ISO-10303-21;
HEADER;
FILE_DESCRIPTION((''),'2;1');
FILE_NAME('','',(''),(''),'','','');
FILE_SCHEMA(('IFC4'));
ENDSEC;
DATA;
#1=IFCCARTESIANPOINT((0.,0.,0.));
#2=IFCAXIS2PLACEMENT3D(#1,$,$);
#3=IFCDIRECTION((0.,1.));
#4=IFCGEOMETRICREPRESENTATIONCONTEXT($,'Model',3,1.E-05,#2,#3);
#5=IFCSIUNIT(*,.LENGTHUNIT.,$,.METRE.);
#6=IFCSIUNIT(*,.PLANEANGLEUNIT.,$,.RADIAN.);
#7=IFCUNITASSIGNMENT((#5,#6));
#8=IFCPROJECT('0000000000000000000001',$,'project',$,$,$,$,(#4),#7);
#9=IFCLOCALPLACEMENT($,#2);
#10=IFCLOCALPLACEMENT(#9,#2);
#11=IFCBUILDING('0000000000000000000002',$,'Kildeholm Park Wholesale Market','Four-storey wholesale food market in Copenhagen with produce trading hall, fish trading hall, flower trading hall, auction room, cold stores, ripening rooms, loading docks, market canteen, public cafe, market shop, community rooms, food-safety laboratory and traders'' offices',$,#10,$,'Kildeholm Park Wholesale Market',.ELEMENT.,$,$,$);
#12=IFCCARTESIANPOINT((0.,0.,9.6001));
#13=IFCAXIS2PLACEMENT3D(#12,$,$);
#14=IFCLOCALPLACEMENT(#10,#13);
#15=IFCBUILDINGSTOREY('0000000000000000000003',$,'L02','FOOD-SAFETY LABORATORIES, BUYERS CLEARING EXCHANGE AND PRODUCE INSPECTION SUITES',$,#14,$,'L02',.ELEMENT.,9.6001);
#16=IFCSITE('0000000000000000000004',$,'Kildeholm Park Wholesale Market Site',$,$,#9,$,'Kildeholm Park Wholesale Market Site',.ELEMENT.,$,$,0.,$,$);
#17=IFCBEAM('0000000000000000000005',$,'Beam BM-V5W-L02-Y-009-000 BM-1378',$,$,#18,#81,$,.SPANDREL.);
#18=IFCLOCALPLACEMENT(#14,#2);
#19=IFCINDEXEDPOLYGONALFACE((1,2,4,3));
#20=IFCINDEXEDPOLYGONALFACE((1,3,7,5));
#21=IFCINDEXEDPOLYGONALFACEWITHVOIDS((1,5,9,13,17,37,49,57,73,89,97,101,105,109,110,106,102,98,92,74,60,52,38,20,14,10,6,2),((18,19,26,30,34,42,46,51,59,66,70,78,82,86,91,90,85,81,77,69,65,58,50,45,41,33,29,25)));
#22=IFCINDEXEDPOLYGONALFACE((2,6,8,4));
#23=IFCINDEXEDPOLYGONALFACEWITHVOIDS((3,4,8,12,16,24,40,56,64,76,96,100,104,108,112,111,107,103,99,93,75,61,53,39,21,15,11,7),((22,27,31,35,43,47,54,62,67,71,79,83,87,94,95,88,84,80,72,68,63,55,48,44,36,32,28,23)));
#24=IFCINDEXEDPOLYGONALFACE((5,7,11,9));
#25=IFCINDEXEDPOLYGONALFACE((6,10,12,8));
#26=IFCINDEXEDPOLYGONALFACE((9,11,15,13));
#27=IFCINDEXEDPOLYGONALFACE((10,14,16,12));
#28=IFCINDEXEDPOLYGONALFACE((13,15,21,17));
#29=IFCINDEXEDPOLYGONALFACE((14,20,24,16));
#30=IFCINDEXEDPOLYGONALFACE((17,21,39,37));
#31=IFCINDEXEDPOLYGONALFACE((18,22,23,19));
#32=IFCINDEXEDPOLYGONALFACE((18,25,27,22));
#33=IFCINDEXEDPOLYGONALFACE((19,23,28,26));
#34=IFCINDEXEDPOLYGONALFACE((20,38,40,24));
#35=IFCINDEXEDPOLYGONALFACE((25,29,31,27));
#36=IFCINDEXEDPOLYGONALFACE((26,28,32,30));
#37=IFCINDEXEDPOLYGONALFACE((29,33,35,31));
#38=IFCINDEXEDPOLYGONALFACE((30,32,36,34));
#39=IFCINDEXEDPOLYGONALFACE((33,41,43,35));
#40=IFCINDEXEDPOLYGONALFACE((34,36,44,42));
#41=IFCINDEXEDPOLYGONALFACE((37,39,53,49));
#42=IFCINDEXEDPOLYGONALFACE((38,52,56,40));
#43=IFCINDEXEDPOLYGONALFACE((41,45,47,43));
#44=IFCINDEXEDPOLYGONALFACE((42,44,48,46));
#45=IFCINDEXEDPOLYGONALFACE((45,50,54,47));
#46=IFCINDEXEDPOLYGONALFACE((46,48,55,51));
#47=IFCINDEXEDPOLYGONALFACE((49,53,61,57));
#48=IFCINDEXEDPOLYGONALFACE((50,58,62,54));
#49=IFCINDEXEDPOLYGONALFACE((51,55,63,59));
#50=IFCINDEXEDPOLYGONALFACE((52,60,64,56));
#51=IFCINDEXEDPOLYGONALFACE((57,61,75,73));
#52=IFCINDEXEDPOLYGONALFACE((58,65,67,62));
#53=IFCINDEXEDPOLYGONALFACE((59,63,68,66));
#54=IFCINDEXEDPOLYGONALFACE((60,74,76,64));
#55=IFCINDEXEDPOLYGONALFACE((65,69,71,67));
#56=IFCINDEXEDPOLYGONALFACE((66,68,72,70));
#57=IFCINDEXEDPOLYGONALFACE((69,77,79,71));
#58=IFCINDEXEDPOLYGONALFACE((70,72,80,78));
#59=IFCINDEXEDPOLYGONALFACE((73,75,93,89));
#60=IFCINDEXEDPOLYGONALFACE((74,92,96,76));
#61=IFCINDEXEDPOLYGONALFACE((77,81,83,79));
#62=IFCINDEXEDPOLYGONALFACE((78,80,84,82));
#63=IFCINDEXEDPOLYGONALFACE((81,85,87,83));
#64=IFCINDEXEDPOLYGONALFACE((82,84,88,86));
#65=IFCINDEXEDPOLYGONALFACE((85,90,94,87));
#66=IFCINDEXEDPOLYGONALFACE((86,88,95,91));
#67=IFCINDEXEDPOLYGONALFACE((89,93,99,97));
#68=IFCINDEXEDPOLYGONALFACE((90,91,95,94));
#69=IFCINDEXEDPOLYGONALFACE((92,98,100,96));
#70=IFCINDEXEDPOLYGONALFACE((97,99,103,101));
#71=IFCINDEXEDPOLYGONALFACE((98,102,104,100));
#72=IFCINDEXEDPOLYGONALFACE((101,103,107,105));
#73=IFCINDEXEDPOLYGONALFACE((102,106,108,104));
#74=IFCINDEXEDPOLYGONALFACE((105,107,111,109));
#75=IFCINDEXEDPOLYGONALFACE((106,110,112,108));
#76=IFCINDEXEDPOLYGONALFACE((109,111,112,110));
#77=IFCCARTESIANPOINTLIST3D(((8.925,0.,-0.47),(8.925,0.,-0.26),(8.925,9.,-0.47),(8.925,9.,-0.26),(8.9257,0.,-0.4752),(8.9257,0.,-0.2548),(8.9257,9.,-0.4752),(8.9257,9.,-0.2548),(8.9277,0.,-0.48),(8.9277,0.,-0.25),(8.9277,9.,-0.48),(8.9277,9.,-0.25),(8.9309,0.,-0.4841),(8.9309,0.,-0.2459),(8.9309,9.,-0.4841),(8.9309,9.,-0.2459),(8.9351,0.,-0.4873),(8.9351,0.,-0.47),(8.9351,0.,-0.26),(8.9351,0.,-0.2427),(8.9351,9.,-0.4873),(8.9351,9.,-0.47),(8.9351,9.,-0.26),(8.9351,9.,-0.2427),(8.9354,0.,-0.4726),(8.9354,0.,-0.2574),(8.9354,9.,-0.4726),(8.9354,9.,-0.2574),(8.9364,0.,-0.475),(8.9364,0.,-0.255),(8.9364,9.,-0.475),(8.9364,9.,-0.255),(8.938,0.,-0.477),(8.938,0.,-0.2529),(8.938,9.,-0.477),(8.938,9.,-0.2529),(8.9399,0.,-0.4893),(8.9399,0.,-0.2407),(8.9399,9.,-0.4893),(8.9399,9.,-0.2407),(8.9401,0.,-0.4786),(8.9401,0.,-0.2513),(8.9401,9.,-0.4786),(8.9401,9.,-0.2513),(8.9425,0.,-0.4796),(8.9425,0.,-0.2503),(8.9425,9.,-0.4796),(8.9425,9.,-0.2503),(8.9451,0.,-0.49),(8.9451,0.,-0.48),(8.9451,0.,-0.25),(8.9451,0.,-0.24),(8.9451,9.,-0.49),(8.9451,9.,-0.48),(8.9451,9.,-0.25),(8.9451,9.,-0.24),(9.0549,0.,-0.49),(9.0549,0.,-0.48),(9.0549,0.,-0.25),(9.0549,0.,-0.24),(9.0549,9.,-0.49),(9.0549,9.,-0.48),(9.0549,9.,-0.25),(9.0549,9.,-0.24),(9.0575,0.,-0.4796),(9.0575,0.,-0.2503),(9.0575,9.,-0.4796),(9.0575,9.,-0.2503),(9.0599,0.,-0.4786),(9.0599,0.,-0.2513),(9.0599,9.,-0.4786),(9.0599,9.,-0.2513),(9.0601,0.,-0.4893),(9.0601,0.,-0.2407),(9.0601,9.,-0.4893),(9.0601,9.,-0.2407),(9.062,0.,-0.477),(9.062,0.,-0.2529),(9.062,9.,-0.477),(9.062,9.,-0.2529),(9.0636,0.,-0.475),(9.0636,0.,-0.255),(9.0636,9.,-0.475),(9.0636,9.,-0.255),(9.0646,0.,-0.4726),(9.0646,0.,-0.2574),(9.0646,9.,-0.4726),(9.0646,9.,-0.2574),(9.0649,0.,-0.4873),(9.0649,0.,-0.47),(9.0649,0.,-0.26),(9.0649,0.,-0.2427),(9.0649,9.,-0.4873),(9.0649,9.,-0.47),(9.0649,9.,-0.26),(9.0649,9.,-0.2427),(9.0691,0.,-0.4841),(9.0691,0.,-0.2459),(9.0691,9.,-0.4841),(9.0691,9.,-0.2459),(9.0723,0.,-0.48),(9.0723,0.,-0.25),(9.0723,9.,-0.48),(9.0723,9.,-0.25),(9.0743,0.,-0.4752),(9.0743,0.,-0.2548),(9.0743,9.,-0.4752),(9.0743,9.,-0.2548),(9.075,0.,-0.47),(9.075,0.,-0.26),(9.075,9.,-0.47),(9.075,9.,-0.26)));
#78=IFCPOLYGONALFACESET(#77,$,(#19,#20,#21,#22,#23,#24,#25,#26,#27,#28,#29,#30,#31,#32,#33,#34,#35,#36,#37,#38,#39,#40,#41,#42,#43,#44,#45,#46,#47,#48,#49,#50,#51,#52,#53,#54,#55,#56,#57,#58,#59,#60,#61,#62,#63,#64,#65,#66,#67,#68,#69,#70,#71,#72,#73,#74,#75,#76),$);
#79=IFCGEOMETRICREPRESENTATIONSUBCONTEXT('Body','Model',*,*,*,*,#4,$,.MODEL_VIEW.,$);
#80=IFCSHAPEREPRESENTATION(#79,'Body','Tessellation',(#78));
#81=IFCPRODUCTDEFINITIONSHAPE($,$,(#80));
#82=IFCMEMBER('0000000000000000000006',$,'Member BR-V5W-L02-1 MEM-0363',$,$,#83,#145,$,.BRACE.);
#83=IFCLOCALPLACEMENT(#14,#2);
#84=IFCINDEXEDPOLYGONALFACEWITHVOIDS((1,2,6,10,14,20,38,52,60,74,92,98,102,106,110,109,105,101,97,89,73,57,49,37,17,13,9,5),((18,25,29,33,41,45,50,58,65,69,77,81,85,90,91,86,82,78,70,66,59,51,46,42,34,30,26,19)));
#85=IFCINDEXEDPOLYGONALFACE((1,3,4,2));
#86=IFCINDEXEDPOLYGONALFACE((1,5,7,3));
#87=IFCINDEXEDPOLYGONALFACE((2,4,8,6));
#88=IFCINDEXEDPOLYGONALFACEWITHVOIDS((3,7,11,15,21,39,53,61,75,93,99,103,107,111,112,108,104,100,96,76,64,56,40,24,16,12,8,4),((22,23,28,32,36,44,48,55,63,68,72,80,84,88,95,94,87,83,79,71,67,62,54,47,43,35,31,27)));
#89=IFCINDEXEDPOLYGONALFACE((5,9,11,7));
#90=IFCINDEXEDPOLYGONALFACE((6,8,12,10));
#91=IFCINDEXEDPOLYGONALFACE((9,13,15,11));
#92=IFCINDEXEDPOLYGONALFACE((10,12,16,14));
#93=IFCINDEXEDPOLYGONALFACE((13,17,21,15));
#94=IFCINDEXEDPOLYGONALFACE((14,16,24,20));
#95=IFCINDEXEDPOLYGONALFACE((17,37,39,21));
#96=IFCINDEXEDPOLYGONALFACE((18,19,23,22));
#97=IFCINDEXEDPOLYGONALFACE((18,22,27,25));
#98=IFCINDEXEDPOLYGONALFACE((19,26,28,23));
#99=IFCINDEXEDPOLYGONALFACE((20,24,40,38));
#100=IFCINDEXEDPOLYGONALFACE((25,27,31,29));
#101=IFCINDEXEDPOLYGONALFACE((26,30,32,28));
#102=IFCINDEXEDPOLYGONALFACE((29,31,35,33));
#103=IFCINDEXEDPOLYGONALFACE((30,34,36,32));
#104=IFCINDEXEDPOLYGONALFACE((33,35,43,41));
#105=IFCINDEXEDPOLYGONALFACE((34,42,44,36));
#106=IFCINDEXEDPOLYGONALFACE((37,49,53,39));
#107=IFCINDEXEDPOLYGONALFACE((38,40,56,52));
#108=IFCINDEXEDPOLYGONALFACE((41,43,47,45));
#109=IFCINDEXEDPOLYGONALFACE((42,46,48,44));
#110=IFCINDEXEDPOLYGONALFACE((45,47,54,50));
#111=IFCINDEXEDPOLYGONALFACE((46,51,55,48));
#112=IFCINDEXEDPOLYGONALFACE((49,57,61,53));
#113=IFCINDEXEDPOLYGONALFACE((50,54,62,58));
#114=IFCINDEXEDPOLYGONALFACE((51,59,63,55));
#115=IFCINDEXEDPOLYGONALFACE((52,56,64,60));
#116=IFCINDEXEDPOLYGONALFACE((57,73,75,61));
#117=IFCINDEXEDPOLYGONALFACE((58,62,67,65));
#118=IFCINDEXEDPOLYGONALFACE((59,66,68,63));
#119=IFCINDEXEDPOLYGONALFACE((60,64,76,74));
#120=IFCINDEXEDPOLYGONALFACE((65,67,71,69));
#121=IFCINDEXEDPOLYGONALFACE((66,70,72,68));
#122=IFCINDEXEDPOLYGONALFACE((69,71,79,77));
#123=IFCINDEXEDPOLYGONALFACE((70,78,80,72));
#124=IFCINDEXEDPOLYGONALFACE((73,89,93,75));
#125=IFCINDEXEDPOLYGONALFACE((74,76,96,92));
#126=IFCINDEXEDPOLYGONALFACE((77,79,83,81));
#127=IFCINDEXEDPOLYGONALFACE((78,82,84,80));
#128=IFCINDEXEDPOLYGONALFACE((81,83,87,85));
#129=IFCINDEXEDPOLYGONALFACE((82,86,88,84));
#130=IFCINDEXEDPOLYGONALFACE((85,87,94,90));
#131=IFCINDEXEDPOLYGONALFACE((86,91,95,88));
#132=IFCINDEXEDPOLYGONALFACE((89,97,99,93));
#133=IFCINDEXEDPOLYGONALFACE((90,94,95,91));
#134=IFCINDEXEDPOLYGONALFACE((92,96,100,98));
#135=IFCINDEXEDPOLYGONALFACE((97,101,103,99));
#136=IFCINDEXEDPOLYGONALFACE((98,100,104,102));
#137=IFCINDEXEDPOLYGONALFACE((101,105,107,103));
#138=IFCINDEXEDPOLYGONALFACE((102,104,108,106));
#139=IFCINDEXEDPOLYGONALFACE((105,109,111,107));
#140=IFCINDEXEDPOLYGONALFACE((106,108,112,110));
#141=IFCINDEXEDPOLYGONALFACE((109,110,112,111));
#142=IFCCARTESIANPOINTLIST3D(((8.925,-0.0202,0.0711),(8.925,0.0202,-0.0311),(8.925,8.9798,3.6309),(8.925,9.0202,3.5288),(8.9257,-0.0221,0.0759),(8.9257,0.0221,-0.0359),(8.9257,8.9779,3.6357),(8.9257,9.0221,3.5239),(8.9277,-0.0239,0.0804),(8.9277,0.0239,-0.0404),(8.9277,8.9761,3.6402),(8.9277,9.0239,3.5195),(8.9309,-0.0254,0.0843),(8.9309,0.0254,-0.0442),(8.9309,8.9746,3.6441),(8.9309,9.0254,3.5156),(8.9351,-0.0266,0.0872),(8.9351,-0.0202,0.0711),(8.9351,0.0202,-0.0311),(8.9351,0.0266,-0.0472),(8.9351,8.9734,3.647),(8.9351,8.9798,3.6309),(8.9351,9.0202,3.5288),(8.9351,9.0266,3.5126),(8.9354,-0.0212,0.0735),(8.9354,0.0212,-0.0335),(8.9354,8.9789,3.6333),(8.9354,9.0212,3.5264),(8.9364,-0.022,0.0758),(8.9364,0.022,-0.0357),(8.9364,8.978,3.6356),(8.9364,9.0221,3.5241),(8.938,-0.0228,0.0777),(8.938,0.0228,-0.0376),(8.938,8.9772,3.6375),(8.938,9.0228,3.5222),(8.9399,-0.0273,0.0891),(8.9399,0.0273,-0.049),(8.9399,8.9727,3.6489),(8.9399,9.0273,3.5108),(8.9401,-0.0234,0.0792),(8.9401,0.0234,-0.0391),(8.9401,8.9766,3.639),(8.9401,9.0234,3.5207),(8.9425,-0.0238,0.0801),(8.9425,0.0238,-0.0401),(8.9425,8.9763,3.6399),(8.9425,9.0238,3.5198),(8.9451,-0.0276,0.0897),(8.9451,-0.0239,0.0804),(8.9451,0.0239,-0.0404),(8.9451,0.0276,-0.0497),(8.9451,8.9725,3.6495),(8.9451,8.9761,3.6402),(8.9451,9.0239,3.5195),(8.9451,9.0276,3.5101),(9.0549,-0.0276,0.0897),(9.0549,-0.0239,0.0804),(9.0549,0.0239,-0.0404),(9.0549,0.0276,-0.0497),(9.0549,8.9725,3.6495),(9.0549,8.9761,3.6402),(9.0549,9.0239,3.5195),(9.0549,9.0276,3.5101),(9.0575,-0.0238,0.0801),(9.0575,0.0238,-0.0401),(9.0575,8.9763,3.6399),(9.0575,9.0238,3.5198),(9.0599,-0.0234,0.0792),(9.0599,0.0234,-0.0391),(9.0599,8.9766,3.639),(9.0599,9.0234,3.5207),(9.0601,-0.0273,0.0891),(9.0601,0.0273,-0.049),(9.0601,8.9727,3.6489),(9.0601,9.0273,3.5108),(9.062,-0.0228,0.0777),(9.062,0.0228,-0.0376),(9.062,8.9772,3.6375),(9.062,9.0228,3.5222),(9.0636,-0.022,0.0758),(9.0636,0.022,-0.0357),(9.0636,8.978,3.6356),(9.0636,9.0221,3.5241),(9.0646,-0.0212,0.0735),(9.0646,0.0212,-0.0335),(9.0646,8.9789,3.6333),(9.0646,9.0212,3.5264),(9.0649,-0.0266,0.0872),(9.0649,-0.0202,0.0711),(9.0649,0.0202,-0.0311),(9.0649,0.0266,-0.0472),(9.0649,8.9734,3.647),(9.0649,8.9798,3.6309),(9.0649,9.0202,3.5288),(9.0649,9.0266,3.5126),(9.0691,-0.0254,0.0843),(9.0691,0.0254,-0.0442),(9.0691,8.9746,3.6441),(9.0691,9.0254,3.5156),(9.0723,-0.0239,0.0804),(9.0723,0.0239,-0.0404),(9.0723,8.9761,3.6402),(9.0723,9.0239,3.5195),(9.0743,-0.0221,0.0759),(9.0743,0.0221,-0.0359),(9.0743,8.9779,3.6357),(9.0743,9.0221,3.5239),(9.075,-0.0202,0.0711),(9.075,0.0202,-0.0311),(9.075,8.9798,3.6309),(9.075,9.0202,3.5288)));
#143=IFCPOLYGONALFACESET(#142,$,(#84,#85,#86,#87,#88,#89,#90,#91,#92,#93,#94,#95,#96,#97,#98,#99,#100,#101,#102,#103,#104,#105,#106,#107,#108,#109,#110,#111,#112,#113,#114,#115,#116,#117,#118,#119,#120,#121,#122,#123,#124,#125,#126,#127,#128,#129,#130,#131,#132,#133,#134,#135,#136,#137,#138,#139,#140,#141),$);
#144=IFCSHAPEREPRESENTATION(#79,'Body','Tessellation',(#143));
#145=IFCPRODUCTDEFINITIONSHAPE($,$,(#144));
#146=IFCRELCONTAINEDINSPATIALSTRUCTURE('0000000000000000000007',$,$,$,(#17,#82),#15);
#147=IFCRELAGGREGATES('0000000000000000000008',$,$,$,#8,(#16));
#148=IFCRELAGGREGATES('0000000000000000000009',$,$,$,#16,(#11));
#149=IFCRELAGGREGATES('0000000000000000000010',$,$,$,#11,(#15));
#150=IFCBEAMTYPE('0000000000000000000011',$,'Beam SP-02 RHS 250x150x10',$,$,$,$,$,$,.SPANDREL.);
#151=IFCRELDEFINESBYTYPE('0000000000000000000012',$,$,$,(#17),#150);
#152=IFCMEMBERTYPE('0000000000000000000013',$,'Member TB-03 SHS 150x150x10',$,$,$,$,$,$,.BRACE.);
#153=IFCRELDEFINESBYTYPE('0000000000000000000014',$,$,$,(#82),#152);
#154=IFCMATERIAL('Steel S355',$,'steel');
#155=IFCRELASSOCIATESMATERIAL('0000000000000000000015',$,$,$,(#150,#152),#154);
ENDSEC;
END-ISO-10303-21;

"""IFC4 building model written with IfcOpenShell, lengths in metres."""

from ifc_helpers import new_model, si_unit, direction, frame, origin, origin_2d, place, context, subcontext, project, spatial, hollow_rectangle, extrude, material, material_profile, profile_set, type_object, element, save


model = new_model("IFC4")

# Units and contexts
model_context = context("Model", 3, precision=1e-05, world=origin(), true_north=direction((0.0, 1.0)))
body_context = subcontext(model_context, "Body", "Model", "MODEL_VIEW")
ifc_project = project(units=[si_unit("LENGTHUNIT", "METRE"), si_unit("PLANEANGLEUNIT", "RADIAN")], contexts=[model_context])

# Site, building, storey
site_placement = place(None, origin())
site = spatial("IfcSite", under=ifc_project, at=site_placement, Name="Kildeholm Park Wholesale Market Site", LongName="Kildeholm Park Wholesale Market Site", CompositionType="ELEMENT", RefElevation=0.0)
building_placement = place(site_placement, origin())
building = spatial("IfcBuilding", under=site, at=building_placement, Name="Kildeholm Park Wholesale Market", Description="Four-storey wholesale food market in Copenhagen with produce trading hall, fish trading hall, flower trading hall, auction room, cold stores, ripening rooms, loading docks, market canteen, public cafe, market shop, community rooms, food-safety laboratory and traders' offices", LongName="Kildeholm Park Wholesale Market", CompositionType="ELEMENT")
storey_placement = place(building_placement, frame((0.0, 0.0, 9.6001)))
storey = spatial("IfcBuildingStorey", under=building, at=storey_placement, Name="L02", Description="FOOD-SAFETY LABORATORIES, BUYERS CLEARING EXCHANGE AND PRODUCE INSPECTION SUITES", LongName="L02", CompositionType="ELEMENT", Elevation=9.6001)

# Shared definitions
ifc_material_1 = material(Name="Steel S355", Category="steel")

# Beam
ifc_material_profile_1 = material_profile(ifc_material_1, hollow_rectangle(XDim=0.1499, YDim=0.25, WallThickness=0.01, InnerFilletRadius=0.01, OuterFilletRadius=0.02, at=origin_2d()), Name="RHS 250x150x10")
ifc_profile_set_1 = profile_set([ifc_material_profile_1], Name="Steel S355")
beam_type_1 = type_object("IfcBeamType", Name="Beam SP-02 RHS 250x150x10", PredefinedType="SPANDREL", material=ifc_profile_set_1)
beam_1_placement = place(storey_placement, frame((9.0, 0.0, -0.365), z_axis=(0.0, 1.0, 0.0), x_axis=(-1.0, 0.0, 0.0)))
element("IfcBeam", 1, at=beam_1_placement, inside=storey, type_object=beam_type_1, Name="Beam BM-V5W-L02-Y-009-000 BM-1378", PredefinedType="SPANDREL", context=body_context, shape_type="SweptSolid", body=[
    extrude(hollow_rectangle(XDim=0.1499, YDim=0.25, WallThickness=0.01, InnerFilletRadius=0.01, OuterFilletRadius=0.02, at=origin_2d()), origin(), (0.0, 0.0, 1.0), 9.0),
])

# Member
ifc_material_profile_2 = material_profile(ifc_material_1, hollow_rectangle(XDim=0.1499, YDim=0.1499, WallThickness=0.01, InnerFilletRadius=0.01, OuterFilletRadius=0.02, at=origin_2d()), Name="SHS 150x150x10")
ifc_profile_set_2 = profile_set([ifc_material_profile_2], Name="Steel S355")
member_type = type_object("IfcMemberType", Name="Member TB-03 SHS 150x150x10", PredefinedType="BRACE", material=ifc_profile_set_2)
member_1_placement = place(storey_placement, frame((9.0, 0.0, 0.02), z_axis=(0.0, 0.929902, 0.367809), x_axis=(-1.0, 0.0, 0.0)))
element("IfcMember", 2, at=member_1_placement, inside=storey, type_object=member_type, Name="Member BR-V5W-L02-1 MEM-0363", PredefinedType="BRACE", context=body_context, shape_type="SweptSolid", body=[
    extrude(hollow_rectangle(XDim=0.1499, YDim=0.1499, WallThickness=0.01, InnerFilletRadius=0.01, OuterFilletRadius=0.02, at=origin_2d()), origin(), (0.0, 0.0, 1.0), 9.6785),
])

save(model, "model.ifc")
